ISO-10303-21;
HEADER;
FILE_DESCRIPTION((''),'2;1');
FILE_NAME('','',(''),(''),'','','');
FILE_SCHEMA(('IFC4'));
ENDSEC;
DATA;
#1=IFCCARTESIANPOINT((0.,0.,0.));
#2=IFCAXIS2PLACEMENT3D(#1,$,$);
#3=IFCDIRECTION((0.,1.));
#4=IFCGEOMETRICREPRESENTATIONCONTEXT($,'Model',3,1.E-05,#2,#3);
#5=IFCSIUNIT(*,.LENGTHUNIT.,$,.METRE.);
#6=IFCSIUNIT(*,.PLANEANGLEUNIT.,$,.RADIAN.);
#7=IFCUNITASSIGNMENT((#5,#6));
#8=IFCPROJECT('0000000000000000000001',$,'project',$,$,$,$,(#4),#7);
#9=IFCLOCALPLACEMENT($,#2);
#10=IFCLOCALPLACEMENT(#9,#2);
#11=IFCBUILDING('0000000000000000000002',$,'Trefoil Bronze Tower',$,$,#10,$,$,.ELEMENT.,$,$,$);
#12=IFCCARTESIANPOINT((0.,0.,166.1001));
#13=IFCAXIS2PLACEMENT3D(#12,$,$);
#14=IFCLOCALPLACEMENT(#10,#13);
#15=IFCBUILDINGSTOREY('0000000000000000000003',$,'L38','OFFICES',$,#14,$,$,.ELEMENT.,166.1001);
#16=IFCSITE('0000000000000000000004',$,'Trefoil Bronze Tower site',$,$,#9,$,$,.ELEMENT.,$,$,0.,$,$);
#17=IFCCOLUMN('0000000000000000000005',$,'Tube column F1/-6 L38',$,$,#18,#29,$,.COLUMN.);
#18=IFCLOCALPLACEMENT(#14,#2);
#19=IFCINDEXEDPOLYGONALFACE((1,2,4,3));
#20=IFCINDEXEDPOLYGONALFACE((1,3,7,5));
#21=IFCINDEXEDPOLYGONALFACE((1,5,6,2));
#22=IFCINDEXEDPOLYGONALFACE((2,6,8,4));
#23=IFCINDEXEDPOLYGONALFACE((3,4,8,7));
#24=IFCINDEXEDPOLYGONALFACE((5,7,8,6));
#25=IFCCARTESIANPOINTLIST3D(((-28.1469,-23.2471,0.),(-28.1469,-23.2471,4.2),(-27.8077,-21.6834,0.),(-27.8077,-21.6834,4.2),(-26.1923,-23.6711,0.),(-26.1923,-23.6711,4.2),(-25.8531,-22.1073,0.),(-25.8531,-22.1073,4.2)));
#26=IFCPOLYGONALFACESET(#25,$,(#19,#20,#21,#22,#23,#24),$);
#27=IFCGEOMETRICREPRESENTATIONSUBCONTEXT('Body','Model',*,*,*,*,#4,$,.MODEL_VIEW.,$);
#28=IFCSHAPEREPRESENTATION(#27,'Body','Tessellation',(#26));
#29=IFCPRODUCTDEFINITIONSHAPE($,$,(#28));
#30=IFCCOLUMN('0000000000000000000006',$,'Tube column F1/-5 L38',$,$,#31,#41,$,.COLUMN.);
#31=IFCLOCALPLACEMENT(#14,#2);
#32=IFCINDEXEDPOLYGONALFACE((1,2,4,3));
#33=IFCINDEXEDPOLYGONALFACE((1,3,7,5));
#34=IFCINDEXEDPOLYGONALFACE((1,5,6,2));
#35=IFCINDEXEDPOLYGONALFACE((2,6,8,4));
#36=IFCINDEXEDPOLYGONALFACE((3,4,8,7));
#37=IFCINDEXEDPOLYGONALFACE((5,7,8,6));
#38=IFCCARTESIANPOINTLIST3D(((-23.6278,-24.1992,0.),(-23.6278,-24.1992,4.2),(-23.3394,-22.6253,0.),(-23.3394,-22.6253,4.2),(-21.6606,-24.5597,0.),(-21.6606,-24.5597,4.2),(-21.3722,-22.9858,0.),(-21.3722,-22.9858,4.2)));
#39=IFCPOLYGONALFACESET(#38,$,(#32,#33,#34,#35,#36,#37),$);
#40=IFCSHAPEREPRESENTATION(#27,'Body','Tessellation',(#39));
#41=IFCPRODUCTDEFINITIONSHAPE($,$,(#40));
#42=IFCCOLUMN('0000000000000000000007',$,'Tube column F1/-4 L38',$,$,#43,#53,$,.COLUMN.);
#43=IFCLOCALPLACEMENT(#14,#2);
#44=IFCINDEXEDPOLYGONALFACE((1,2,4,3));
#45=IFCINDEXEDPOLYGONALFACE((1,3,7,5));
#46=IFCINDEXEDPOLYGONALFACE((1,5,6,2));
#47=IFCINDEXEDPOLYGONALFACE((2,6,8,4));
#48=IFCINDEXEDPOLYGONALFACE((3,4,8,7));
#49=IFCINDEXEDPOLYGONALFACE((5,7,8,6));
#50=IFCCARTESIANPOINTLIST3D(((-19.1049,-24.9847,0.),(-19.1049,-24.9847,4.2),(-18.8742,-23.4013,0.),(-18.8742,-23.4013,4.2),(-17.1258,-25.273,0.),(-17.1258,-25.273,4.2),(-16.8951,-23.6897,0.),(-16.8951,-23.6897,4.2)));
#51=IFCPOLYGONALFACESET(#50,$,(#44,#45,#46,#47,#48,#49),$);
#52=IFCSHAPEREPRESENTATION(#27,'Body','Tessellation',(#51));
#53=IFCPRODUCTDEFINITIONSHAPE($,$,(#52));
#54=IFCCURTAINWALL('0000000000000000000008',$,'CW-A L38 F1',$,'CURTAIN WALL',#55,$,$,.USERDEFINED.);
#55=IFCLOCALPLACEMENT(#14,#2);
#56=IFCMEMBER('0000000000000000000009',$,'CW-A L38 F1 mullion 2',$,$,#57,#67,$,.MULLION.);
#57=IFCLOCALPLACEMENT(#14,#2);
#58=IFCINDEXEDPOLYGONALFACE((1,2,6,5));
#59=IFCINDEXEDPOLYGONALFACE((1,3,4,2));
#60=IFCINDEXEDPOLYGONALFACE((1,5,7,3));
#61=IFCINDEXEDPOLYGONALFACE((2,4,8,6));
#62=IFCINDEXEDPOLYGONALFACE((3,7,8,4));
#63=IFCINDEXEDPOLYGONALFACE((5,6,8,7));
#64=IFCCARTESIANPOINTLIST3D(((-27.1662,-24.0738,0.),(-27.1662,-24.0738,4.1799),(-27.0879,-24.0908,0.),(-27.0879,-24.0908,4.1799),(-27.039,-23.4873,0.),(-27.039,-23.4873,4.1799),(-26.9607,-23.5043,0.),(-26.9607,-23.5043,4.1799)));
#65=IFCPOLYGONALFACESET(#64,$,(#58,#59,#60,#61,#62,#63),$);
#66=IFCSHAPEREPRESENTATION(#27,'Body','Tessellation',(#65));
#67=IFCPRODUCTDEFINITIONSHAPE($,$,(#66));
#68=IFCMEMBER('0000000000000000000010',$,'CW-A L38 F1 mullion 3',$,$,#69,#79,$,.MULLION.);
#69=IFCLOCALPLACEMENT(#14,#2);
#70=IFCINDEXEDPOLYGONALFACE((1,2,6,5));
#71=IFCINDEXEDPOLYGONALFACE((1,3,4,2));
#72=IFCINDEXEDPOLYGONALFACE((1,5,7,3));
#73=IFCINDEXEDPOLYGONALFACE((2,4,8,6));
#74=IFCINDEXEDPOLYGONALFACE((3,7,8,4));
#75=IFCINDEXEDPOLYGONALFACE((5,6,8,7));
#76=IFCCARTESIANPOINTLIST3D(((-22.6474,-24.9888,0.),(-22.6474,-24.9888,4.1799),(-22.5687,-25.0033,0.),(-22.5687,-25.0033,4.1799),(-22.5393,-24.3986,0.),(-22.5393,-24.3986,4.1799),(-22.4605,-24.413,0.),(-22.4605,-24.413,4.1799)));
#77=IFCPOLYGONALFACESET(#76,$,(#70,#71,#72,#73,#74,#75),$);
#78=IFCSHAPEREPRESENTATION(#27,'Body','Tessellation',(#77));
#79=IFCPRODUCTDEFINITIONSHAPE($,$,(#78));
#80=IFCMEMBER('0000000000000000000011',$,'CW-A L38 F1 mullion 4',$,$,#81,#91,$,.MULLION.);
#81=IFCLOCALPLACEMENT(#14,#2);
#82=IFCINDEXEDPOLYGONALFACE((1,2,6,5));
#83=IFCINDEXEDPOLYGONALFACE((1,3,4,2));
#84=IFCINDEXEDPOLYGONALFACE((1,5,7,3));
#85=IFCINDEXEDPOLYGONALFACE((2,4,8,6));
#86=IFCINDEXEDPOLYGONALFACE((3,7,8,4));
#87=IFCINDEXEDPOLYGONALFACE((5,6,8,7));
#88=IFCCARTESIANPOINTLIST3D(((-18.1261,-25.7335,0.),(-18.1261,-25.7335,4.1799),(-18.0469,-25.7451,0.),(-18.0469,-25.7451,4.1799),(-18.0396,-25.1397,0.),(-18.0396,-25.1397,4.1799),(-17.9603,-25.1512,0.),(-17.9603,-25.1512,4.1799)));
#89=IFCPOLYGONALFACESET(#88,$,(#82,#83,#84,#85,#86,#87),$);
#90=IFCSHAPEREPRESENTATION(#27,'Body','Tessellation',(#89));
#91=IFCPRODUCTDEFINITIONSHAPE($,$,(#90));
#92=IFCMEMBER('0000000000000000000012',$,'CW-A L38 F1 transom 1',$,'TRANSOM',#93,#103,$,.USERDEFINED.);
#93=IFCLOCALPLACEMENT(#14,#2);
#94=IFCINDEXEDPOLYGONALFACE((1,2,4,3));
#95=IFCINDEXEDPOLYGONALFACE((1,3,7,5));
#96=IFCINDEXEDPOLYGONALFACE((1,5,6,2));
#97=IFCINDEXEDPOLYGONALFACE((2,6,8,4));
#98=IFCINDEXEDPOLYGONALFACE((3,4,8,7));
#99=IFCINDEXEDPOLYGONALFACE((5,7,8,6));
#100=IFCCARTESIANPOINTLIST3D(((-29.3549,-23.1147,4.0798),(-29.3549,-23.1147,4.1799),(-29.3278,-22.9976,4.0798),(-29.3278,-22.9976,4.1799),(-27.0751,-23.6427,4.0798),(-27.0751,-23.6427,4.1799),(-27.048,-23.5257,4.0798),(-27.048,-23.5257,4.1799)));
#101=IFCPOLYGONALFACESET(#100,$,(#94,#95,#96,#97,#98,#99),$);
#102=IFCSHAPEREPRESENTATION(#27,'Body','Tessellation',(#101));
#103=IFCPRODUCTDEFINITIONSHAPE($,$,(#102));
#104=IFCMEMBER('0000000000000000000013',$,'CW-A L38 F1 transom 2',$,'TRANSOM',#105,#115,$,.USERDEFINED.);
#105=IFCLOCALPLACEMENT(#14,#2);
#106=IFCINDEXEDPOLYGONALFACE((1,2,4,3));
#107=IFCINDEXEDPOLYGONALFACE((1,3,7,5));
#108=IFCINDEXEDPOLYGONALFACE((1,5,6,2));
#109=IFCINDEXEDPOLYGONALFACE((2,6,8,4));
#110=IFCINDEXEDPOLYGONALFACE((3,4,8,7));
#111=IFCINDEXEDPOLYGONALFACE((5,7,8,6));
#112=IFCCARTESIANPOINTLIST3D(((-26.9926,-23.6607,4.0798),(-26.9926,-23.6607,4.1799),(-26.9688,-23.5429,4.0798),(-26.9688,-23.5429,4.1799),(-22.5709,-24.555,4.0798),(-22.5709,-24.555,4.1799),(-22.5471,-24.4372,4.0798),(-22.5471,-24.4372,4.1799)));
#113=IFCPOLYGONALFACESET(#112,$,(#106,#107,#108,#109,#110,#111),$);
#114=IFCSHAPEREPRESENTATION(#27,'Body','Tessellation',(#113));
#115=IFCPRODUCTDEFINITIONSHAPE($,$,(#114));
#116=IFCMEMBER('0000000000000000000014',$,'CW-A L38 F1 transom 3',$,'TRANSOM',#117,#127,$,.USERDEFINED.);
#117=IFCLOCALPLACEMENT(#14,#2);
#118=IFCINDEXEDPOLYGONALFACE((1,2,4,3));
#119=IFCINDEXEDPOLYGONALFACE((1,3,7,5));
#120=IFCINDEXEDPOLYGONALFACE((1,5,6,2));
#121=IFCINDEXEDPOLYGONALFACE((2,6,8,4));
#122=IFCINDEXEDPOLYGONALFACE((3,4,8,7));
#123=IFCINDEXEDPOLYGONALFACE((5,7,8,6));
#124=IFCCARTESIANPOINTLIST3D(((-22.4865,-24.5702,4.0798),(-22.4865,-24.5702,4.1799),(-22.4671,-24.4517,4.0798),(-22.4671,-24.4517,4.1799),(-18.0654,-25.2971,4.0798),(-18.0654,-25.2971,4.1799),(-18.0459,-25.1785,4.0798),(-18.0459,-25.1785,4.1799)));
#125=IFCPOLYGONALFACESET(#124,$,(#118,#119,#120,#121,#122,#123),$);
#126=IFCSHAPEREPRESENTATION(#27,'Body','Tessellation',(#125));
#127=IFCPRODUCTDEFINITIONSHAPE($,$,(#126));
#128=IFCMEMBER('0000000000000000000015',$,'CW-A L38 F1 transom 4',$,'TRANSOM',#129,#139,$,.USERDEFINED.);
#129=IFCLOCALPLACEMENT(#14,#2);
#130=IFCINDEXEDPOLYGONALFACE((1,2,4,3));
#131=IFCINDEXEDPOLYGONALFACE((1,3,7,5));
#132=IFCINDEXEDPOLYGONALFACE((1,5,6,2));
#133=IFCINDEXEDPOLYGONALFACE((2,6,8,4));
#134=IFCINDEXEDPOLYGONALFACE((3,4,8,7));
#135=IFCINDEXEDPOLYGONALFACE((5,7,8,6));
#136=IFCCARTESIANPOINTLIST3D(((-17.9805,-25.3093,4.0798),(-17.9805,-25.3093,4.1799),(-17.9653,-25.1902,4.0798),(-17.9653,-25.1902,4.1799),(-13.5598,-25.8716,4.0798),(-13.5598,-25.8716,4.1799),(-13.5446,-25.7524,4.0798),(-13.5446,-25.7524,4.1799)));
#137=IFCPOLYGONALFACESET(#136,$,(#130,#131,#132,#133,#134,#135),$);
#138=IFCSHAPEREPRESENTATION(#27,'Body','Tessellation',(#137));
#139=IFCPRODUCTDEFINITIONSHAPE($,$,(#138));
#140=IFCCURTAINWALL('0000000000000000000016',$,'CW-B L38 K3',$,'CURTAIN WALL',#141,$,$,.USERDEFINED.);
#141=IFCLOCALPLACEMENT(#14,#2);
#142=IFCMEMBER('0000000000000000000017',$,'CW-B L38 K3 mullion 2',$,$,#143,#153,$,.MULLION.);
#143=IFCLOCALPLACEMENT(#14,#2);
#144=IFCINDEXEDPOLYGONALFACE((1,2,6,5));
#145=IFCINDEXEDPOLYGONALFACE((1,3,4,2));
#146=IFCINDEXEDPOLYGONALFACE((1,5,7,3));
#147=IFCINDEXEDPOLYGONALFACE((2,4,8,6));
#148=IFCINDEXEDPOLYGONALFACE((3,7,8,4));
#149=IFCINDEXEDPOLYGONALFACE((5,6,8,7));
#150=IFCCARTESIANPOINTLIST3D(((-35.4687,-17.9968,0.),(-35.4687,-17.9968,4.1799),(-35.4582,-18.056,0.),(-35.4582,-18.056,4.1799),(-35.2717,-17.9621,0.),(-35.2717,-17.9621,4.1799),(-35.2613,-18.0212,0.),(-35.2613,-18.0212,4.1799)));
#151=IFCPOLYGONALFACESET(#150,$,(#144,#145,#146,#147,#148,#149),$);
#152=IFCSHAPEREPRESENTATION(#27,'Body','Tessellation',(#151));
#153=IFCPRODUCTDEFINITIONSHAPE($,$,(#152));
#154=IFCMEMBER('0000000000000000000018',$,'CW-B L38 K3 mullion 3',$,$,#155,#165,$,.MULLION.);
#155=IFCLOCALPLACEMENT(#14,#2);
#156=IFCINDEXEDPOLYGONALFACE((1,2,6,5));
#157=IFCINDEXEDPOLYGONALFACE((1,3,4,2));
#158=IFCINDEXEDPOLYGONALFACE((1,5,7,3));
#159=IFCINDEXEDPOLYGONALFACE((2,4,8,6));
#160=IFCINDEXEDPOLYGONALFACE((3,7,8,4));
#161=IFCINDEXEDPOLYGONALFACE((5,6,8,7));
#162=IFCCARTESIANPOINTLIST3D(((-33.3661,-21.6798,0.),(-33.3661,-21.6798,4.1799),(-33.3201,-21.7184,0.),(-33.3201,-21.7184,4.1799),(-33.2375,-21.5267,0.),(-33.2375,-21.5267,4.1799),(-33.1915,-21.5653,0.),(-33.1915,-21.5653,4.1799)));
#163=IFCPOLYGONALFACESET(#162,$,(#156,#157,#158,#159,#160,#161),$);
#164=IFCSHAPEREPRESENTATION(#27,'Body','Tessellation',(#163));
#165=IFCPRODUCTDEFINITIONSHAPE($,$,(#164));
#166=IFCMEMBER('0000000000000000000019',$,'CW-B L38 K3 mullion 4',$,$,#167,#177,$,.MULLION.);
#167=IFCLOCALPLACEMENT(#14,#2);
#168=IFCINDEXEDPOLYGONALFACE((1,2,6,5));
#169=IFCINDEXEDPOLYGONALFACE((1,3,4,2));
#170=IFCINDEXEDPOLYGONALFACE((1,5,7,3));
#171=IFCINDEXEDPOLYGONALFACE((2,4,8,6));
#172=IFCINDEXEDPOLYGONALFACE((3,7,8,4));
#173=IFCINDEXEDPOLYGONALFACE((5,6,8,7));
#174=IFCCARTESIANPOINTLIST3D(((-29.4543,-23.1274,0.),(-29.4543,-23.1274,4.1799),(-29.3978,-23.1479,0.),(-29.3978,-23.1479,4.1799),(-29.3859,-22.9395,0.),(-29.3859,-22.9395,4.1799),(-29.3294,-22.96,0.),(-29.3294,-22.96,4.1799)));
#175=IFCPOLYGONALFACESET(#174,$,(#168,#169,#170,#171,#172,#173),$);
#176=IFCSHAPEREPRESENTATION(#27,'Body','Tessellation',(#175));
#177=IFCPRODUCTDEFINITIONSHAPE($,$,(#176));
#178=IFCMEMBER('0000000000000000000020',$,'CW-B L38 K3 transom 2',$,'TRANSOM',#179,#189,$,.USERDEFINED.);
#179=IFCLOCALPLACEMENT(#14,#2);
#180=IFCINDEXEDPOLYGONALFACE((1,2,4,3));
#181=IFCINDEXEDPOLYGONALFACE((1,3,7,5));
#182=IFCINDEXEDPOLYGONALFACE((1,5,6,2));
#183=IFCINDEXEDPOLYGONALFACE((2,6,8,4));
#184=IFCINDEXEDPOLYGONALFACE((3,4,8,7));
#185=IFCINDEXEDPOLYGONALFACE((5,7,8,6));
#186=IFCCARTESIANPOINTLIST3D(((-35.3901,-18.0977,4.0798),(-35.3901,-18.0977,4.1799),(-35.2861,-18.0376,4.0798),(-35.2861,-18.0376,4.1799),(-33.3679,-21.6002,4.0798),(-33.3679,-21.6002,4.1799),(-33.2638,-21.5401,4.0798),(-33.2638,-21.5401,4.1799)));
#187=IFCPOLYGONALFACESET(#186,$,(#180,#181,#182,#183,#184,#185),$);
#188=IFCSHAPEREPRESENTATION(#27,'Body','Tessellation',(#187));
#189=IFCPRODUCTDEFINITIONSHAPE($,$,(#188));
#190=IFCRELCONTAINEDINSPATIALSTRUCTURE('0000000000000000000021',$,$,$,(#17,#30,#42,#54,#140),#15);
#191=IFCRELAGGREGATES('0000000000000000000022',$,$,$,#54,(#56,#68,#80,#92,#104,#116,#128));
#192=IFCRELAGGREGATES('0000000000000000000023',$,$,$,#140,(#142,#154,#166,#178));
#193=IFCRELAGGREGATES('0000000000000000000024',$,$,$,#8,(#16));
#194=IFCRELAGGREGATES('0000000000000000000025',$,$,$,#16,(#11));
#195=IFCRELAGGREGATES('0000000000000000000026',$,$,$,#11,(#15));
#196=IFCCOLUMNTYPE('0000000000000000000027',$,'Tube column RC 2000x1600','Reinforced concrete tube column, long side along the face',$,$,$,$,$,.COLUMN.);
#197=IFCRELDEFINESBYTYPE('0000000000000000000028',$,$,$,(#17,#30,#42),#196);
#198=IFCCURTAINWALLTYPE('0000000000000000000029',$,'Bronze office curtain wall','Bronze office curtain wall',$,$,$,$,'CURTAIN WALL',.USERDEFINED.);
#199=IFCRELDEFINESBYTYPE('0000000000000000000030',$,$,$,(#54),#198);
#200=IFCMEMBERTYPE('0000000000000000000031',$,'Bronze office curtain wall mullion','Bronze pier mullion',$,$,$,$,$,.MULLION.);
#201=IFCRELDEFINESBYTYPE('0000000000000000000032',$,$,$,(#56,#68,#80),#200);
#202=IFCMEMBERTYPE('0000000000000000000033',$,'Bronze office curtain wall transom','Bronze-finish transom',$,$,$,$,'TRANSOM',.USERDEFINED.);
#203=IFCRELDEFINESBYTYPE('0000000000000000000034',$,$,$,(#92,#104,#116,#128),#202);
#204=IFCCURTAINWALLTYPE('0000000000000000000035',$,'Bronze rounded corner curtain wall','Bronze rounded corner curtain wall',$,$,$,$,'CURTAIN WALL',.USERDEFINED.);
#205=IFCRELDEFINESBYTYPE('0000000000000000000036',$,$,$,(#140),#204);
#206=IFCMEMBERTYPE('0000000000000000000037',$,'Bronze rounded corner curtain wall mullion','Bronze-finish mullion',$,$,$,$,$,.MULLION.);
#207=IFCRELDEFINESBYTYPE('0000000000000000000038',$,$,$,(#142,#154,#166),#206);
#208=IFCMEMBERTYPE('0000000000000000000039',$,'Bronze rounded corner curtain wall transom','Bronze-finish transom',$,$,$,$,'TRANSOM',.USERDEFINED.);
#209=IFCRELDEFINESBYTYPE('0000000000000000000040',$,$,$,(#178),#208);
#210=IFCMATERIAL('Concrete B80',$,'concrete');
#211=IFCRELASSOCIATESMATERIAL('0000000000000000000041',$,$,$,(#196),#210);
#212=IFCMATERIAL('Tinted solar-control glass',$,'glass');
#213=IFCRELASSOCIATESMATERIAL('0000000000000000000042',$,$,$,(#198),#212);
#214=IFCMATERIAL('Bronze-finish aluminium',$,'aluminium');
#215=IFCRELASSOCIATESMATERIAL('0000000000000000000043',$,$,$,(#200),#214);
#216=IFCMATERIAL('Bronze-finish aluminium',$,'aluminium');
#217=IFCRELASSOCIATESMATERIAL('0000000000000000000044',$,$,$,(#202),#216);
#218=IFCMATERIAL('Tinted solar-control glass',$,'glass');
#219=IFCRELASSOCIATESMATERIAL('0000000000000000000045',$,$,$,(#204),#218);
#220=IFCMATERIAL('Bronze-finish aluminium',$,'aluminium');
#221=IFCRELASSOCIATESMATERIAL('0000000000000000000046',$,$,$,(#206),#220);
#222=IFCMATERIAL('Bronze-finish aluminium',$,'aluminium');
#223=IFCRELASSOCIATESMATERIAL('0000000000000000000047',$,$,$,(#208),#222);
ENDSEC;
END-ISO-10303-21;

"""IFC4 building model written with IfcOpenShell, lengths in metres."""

from ifc_helpers import new_model, si_unit, direction, frame, origin, origin_2d, place, context, subcontext, project, spatial, rectangle, extrude, material, material_profile, profile_set, type_object, element, aggregate, save


model = new_model("IFC4")

# Units and contexts
model_context = context("Model", 3, precision=1e-05, world=origin(), true_north=direction((0.0, 1.0)))
body_context = subcontext(model_context, "Body", "Model", "MODEL_VIEW")
ifc_project = project(units=[si_unit("LENGTHUNIT", "METRE"), si_unit("PLANEANGLEUNIT", "RADIAN")], contexts=[model_context])

# Site, building, storey
site_placement = place(None, origin())
site = spatial("IfcSite", under=ifc_project, at=site_placement, Name="Trefoil Bronze Tower site", CompositionType="ELEMENT", RefElevation=0.0)
building_placement = place(site_placement, origin())
building = spatial("IfcBuilding", under=site, at=building_placement, Name="Trefoil Bronze Tower", CompositionType="ELEMENT")
storey_placement = place(building_placement, frame((0.0, 0.0, 166.1001)))
storey = spatial("IfcBuildingStorey", under=building, at=storey_placement, Name="L38", Description="OFFICES", CompositionType="ELEMENT", Elevation=166.1001)

# Columns
ifc_material_1 = material(Name="Concrete B80", Category="concrete")
ifc_material_profile_1 = material_profile(ifc_material_1, rectangle(XDim=2.0, YDim=1.6001, at=origin_2d()), Name="RC 2000x1600")
ifc_profile_set_1 = profile_set([ifc_material_profile_1], Name="Concrete B80")
column_type = type_object("IfcColumnType", Name="Tube column RC 2000x1600", Description="Reinforced concrete tube column, long side along the face", PredefinedType="COLUMN", material=ifc_profile_set_1)
for number, where, z_axis, x_axis, name in (
    (1, (-27.0, -22.6772, 0.0), (0.0, 0.0, 1.0), (0.977276, -0.21197, 0.0), "Tube column F1/-6 L38"),
    (2, (-22.5, -23.5925, 0.0), (0.0, 0.0, 1.0), (0.983623, -0.180241, 0.0), "Tube column F1/-5 L38"),
    (3, (-18.0, -24.3372, 0.0), (0.0, 0.0, 1.0), (0.98955, -0.144192, 0.0), "Tube column F1/-4 L38"),
):
    element("IfcColumn", number, at=place(storey_placement, frame(where, z_axis=z_axis, x_axis=x_axis)), inside=storey, type_object=column_type, Name=name, PredefinedType="COLUMN", context=body_context, shape_type="SweptSolid", body=[
        extrude(rectangle(XDim=2.0, YDim=1.6001, at=origin_2d()), origin(), (0.0, 0.0, 1.0), 4.2),
    ])

# Curtain walls, members
ifc_material_2 = material(Name="Tinted solar-control glass", Category="glass")
curtain_wall_type_1 = type_object("IfcCurtainWallType", Name="Bronze office curtain wall", Description="Bronze office curtain wall", ElementType="CURTAIN WALL", PredefinedType="USERDEFINED", material=ifc_material_2)
curtain_wall_1_placement = place(storey_placement, origin())
curtain_wall_1 = element("IfcCurtainWall", 4, at=curtain_wall_1_placement, inside=storey, type_object=curtain_wall_type_1, Name="CW-A L38 F1", ObjectType="CURTAIN WALL", PredefinedType="USERDEFINED")
ifc_material_3 = material(Name="Bronze-finish aluminium", Category="aluminium")
ifc_material_profile_2 = material_profile(ifc_material_3, rectangle(XDim=0.6001, YDim=0.0801, at=origin_2d()), Name="CW-A mullion")
ifc_profile_set_2 = profile_set([ifc_material_profile_2], Name="Bronze-finish aluminium")
member_type_1 = type_object("IfcMemberType", Name="Bronze office curtain wall mullion", Description="Bronze pier mullion", PredefinedType="MULLION", material=ifc_profile_set_2)
member_1_placement = place(storey_placement, frame((-27.0635, -23.7891, 0.0), z_axis=(0.0, 0.0, 1.0), x_axis=(0.21197, 0.977276, 0.0)))
member_1 = element("IfcMember", 5, at=member_1_placement, type_object=member_type_1, Name="CW-A L38 F1 mullion 2", PredefinedType="MULLION", context=body_context, shape_type="SweptSolid", body=[
    extrude(rectangle(XDim=0.6001, YDim=0.0801, at=origin_2d()), origin(), (0.0, 0.0, 1.0), 4.1799),
])
member_2_placement = place(storey_placement, frame((-22.554, -24.7009, 0.0), z_axis=(0.0, 0.0, 1.0), x_axis=(0.180241, 0.983623, 0.0)))
member_2 = element("IfcMember", 6, at=member_2_placement, type_object=member_type_1, Name="CW-A L38 F1 mullion 3", PredefinedType="MULLION", context=body_context, shape_type="SweptSolid", body=[
    extrude(rectangle(XDim=0.6001, YDim=0.0801, at=origin_2d()), origin(), (0.0, 0.0, 1.0), 4.1799),
])
member_3_placement = place(storey_placement, frame((-18.0432, -25.4424, 0.0), z_axis=(0.0, 0.0, 1.0), x_axis=(0.144192, 0.98955, 0.0)))
member_3 = element("IfcMember", 7, at=member_3_placement, type_object=member_type_1, Name="CW-A L38 F1 mullion 4", PredefinedType="MULLION", context=body_context, shape_type="SweptSolid", body=[
    extrude(rectangle(XDim=0.6001, YDim=0.0801, at=origin_2d()), origin(), (0.0, 0.0, 1.0), 4.1799),
])
ifc_material_4 = material(Name="Bronze-finish aluminium", Category="aluminium")
ifc_material_profile_3 = material_profile(ifc_material_4, rectangle(XDim=0.1201, YDim=0.1001, at=origin_2d()), Name="CW-A transom")
ifc_profile_set_3 = profile_set([ifc_material_profile_3], Name="Bronze-finish aluminium")
member_type_2 = type_object("IfcMemberType", Name="Bronze office curtain wall transom", Description="Bronze-finish transom", ElementType="TRANSOM", PredefinedType="USERDEFINED", material=ifc_profile_set_3)
member_4_placement = place(storey_placement, frame((-29.3413, -23.0562, 4.1299), z_axis=(0.974206, -0.225659, 0.0), x_axis=(0.225659, 0.974206, 0.0)))
member_4 = element("IfcMember", 8, at=member_4_placement, type_object=member_type_2, Name="CW-A L38 F1 transom 1", ObjectType="TRANSOM", PredefinedType="USERDEFINED", context=body_context, shape_type="SweptSolid", body=[
    extrude(rectangle(XDim=0.1201, YDim=0.1001, at=origin_2d()), origin(), (0.0, 0.0, 1.0), 2.3401),
])
member_5_placement = place(storey_placement, frame((-26.9807, -23.6018, 4.1299), z_axis=(0.980154, -0.198239, 0.0), x_axis=(0.198239, 0.980154, 0.0)))
member_5 = element("IfcMember", 9, at=member_5_placement, type_object=member_type_2, Name="CW-A L38 F1 transom 2", ObjectType="TRANSOM", PredefinedType="USERDEFINED", context=body_context, shape_type="SweptSolid", body=[
    extrude(rectangle(XDim=0.1201, YDim=0.1001, at=origin_2d()), origin(), (0.0, 0.0, 1.0), 4.5112),
])
member_6_placement = place(storey_placement, frame((-22.4768, -24.511, 4.1299), z_axis=(0.986755, -0.162216, 0.0), x_axis=(0.162216, 0.986755, 0.0)))
member_6 = element("IfcMember", 10, at=member_6_placement, type_object=member_type_2, Name="CW-A L38 F1 transom 3", ObjectType="TRANSOM", PredefinedType="USERDEFINED", context=body_context, shape_type="SweptSolid", body=[
    extrude(rectangle(XDim=0.1201, YDim=0.1001, at=origin_2d()), origin(), (0.0, 0.0, 1.0), 4.4805),
])
member_7_placement = place(storey_placement, frame((-17.9729, -25.2498, 4.1299), z_axis=(0.992008, -0.126172, 0.0), x_axis=(0.126172, 0.992008, 0.0)))
member_7 = element("IfcMember", 11, at=member_7_placement, type_object=member_type_2, Name="CW-A L38 F1 transom 4", ObjectType="TRANSOM", PredefinedType="USERDEFINED", context=body_context, shape_type="SweptSolid", body=[
    extrude(rectangle(XDim=0.1201, YDim=0.1001, at=origin_2d()), origin(), (0.0, 0.0, 1.0), 4.4563),
])
ifc_material_5 = material(Name="Tinted solar-control glass", Category="glass")
curtain_wall_type_2 = type_object("IfcCurtainWallType", Name="Bronze rounded corner curtain wall", Description="Bronze rounded corner curtain wall", ElementType="CURTAIN WALL", PredefinedType="USERDEFINED", material=ifc_material_5)
curtain_wall_2_placement = place(storey_placement, origin())
curtain_wall_2 = element("IfcCurtainWall", 12, at=curtain_wall_2_placement, inside=storey, type_object=curtain_wall_type_2, Name="CW-B L38 K3", ObjectType="CURTAIN WALL", PredefinedType="USERDEFINED")
ifc_material_6 = material(Name="Bronze-finish aluminium", Category="aluminium")
ifc_material_profile_4 = material_profile(ifc_material_6, rectangle(XDim=0.2, YDim=0.0601, at=origin_2d()), Name="CW-B mullion")
ifc_profile_set_4 = profile_set([ifc_material_profile_4], Name="Bronze-finish aluminium")
member_type_3 = type_object("IfcMemberType", Name="Bronze rounded corner curtain wall mullion", Description="Bronze-finish mullion", PredefinedType="MULLION", material=ifc_profile_set_4)
member_8_placement = place(storey_placement, frame((-35.365, -18.009, 0.0), z_axis=(0.0, 0.0, 1.0), x_axis=(0.984808, 0.173648, 0.0)))
member_8 = element("IfcMember", 13, at=member_8_placement, type_object=member_type_3, Name="CW-B L38 K3 mullion 2", PredefinedType="MULLION", context=body_context, shape_type="SweptSolid", body=[
    extrude(rectangle(XDim=0.2, YDim=0.0601, at=origin_2d()), origin(), (0.0, 0.0, 1.0), 4.1799),
])
member_9_placement = place(storey_placement, frame((-33.2788, -21.6226, 0.0), z_axis=(0.0, 0.0, 1.0), x_axis=(0.642788, 0.766044, 0.0)))
member_9 = element("IfcMember", 14, at=member_9_placement, type_object=member_type_3, Name="CW-B L38 K3 mullion 3", PredefinedType="MULLION", context=body_context, shape_type="SweptSolid", body=[
    extrude(rectangle(XDim=0.2, YDim=0.0601, at=origin_2d()), origin(), (0.0, 0.0, 1.0), 4.1799),
])
member_10_placement = place(storey_placement, frame((-29.3918, -23.0437, 0.0), z_axis=(0.0, 0.0, 1.0), x_axis=(0.34202, 0.939693, 0.0)))
member_10 = element("IfcMember", 15, at=member_10_placement, type_object=member_type_3, Name="CW-B L38 K3 mullion 4", PredefinedType="MULLION", context=body_context, shape_type="SweptSolid", body=[
    extrude(rectangle(XDim=0.2, YDim=0.0601, at=origin_2d()), origin(), (0.0, 0.0, 1.0), 4.1799),
])
ifc_material_7 = material(Name="Bronze-finish aluminium", Category="aluminium")
ifc_material_profile_5 = material_profile(ifc_material_7, rectangle(XDim=0.1201, YDim=0.1001, at=origin_2d()), Name="CW-B transom")
ifc_profile_set_5 = profile_set([ifc_material_profile_5], Name="Bronze-finish aluminium")
member_type_4 = type_object("IfcMemberType", Name="Bronze rounded corner curtain wall transom", Description="Bronze-finish transom", ElementType="TRANSOM", PredefinedType="USERDEFINED", material=ifc_profile_set_5)
member_11_placement = place(storey_placement, frame((-35.3381, -18.0676, 4.1299), z_axis=(0.500015, -0.866017, 0.0), x_axis=(0.866017, 0.500015, 0.0)))
member_11 = element("IfcMember", 16, at=member_11_placement, type_object=member_type_4, Name="CW-B L38 K3 transom 2", ObjectType="TRANSOM", PredefinedType="USERDEFINED", context=body_context, shape_type="SweptSolid", body=[
    extrude(rectangle(XDim=0.1201, YDim=0.1001, at=origin_2d()), origin(), (0.0, 0.0, 1.0), 4.0444),
])

aggregate(curtain_wall_1, [member_1, member_2, member_3, member_4, member_5, member_6, member_7])
aggregate(curtain_wall_2, [member_8, member_9, member_10, member_11])

save(model, "model.ifc")
